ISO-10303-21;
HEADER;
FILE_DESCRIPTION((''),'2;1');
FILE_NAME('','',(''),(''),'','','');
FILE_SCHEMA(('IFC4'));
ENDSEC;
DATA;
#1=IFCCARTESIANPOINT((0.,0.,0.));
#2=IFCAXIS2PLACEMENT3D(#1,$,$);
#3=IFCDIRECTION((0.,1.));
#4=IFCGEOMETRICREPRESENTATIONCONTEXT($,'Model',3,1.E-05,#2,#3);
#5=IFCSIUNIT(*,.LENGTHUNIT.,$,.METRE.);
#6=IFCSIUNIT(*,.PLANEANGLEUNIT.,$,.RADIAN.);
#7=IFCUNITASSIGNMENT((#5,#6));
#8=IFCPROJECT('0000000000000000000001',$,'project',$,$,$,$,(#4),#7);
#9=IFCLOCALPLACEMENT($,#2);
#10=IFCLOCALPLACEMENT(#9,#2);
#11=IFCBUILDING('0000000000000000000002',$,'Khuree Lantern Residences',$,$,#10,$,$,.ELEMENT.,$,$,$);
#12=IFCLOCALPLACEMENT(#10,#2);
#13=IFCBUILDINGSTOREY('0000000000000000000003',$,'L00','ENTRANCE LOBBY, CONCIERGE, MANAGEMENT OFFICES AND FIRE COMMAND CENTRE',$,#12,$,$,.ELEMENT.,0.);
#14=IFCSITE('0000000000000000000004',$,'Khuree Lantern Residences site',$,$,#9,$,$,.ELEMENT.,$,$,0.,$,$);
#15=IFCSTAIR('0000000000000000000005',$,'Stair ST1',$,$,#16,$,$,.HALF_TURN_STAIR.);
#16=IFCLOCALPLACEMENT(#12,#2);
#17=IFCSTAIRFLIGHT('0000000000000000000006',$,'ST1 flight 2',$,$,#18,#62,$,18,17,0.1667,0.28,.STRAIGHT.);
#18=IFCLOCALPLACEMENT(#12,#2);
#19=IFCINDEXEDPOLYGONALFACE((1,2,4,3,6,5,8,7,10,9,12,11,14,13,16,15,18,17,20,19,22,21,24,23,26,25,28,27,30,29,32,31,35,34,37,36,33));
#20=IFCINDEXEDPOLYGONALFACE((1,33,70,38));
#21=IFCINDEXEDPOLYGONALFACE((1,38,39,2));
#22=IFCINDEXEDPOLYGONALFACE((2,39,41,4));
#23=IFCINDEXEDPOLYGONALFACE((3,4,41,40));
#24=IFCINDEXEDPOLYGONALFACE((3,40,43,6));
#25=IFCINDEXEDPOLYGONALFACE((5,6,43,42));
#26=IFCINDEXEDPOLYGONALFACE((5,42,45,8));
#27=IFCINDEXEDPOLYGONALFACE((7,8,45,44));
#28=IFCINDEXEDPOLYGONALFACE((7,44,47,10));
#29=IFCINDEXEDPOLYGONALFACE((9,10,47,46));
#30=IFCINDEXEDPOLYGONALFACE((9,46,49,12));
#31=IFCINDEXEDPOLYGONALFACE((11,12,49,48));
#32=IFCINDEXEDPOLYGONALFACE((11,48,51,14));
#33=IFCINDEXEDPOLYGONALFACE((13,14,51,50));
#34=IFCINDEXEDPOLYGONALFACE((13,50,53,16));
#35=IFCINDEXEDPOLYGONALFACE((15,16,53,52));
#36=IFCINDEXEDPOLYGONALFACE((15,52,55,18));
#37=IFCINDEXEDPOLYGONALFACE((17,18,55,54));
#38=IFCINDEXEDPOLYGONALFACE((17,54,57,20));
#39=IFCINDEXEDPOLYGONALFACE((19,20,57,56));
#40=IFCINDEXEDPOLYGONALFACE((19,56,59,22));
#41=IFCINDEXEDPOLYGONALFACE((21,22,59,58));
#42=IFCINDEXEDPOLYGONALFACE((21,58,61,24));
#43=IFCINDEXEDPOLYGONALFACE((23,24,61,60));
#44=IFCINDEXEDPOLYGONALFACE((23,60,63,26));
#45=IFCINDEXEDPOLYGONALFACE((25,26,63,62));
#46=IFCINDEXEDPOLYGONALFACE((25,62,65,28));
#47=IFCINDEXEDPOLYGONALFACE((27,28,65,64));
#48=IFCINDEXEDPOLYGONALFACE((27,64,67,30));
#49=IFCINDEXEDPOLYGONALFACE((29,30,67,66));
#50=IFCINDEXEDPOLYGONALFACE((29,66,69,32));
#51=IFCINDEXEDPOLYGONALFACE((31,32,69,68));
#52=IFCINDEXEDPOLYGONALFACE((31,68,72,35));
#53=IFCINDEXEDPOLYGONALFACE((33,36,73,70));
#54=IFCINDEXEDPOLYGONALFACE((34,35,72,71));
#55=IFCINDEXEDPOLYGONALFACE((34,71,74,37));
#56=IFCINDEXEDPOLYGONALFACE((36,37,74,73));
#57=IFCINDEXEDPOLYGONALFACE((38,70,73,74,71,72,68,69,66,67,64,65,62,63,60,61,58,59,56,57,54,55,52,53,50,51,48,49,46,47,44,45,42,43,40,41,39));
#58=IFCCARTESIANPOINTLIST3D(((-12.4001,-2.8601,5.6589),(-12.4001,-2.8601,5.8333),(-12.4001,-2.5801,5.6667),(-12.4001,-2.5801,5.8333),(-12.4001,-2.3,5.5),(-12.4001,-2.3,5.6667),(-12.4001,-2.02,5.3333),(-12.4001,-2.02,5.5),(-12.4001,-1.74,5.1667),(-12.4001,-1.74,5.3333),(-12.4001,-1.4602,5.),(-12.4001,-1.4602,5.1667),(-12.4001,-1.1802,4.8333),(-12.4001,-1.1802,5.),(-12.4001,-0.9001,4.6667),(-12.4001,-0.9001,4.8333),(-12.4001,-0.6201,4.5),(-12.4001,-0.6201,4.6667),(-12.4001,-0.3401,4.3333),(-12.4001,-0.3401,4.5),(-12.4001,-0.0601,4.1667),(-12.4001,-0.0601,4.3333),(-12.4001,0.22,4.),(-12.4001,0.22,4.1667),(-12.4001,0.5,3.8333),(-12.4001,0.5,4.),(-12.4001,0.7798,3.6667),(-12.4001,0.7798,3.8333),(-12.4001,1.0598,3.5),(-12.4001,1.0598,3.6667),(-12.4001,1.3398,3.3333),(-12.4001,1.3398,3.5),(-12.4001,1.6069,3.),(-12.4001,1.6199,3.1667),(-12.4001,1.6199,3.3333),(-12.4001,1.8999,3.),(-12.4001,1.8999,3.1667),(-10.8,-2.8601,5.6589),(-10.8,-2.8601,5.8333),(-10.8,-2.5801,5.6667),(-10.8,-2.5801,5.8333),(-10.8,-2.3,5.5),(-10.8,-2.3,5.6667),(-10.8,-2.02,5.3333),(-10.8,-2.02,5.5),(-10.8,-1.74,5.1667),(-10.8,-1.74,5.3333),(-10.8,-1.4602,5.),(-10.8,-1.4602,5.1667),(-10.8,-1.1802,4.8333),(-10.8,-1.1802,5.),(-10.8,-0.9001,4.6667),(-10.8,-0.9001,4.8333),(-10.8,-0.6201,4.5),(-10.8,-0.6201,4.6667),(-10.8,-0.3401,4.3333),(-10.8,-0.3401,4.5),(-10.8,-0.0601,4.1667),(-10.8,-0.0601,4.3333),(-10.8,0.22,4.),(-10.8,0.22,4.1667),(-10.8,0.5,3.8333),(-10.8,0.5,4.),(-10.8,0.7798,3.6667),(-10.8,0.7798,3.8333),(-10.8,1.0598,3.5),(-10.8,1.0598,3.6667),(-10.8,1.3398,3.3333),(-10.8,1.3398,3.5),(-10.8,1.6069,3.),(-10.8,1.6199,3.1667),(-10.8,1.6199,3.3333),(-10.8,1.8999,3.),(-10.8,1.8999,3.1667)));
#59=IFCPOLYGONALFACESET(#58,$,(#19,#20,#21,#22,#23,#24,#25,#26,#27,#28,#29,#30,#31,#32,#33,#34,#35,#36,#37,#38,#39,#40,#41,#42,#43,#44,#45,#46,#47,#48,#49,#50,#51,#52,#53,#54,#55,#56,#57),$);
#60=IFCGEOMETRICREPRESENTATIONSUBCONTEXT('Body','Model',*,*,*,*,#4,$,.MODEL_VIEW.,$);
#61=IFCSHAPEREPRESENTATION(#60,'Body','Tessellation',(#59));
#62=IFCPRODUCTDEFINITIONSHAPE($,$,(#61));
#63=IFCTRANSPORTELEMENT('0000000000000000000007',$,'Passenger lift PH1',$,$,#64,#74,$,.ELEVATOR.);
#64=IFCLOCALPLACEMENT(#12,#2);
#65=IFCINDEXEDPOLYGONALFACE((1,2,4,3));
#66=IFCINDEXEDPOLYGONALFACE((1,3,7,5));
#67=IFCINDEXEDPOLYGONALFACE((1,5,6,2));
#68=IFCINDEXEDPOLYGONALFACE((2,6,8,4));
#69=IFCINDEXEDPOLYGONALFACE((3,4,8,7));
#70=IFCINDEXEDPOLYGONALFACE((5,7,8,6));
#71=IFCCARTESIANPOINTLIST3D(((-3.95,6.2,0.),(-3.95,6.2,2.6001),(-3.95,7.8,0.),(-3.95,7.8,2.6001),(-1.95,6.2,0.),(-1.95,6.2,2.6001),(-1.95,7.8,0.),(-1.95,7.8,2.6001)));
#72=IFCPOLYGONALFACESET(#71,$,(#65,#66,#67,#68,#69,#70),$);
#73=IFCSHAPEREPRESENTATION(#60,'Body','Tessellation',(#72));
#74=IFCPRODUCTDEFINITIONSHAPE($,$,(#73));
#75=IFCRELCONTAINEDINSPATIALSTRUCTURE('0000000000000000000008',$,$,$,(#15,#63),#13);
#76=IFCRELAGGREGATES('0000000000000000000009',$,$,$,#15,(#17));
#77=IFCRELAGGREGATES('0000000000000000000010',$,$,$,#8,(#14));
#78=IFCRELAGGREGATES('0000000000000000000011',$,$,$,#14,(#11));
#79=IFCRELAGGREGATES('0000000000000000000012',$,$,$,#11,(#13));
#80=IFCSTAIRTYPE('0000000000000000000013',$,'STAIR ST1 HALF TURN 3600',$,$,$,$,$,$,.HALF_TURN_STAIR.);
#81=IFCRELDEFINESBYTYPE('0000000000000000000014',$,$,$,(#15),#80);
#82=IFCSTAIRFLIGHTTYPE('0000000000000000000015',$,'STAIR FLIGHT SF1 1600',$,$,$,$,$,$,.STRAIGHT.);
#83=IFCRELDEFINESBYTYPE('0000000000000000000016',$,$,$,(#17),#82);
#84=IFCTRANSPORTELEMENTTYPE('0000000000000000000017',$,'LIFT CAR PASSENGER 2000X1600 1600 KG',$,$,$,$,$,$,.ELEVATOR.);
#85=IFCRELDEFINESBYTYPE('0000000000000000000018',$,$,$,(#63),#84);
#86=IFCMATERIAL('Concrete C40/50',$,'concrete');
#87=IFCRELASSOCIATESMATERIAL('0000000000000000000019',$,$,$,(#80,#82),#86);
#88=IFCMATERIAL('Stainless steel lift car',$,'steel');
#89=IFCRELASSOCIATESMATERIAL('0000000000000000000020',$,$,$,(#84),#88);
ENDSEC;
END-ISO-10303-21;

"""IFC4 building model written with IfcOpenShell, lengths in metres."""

from ifc_helpers import new_model, si_unit, direction, frame, origin, origin_2d, place, context, subcontext, project, spatial, polyline, rectangle, outline, extrude, material, type_object, element, aggregate, save


model = new_model("IFC4")

# Units and contexts
model_context = context("Model", 3, precision=1e-05, world=origin(), true_north=direction((0.0, 1.0)))
body_context = subcontext(model_context, "Body", "Model", "MODEL_VIEW")
ifc_project = project(units=[si_unit("LENGTHUNIT", "METRE"), si_unit("PLANEANGLEUNIT", "RADIAN")], contexts=[model_context])

# Site, building, storey
site_placement = place(None, origin())
site = spatial("IfcSite", under=ifc_project, at=site_placement, Name="Khuree Lantern Residences site", CompositionType="ELEMENT", RefElevation=0.0)
building_placement = place(site_placement, origin())
building = spatial("IfcBuilding", under=site, at=building_placement, Name="Khuree Lantern Residences", CompositionType="ELEMENT")
storey_placement = place(building_placement, origin())
storey = spatial("IfcBuildingStorey", under=building, at=storey_placement, Name="L00", Description="ENTRANCE LOBBY, CONCIERGE, MANAGEMENT OFFICES AND FIRE COMMAND CENTRE", CompositionType="ELEMENT", Elevation=0.0)

# Stair, stair flight
ifc_material_1 = material(Name="Concrete C40/50", Category="concrete")
stair_type = type_object("IfcStairType", Name="STAIR ST1 HALF TURN 3600", PredefinedType="HALF_TURN_STAIR", material=ifc_material_1)
stair_placement = place(storey_placement, origin())
stair = element("IfcStair", 1, at=stair_placement, inside=storey, type_object=stair_type, Name="Stair ST1", PredefinedType="HALF_TURN_STAIR")
stair_flight_type = type_object("IfcStairFlightType", Name="STAIR FLIGHT SF1 1600", PredefinedType="STRAIGHT", material=ifc_material_1)
stair_flight_placement = place(storey_placement, frame((-11.6001, 1.8999, 3.0), z_axis=(0.0, 0.0, 1.0), x_axis=(0.0, -1.0, 0.0)))
stair_flight = element("IfcStairFlight", 2, at=stair_flight_placement, type_object=stair_flight_type, Name="ST1 flight 2", NumberOfRisers=18, NumberOfTreads=17, PredefinedType="STRAIGHT", RiserHeight=0.1667, TreadLength=0.28, context=body_context, shape_type="SweptSolid", body=[
    extrude(outline(polyline([(0.0, 0.0), (0.0, 0.1667), (0.28, 0.1667), (0.28, 0.3333), (0.5601, 0.3333), (0.5601, 0.5), (0.8401, 0.5), (0.8401, 0.6667), (1.1201, 0.6667), (1.1201, 0.8333), (1.3999, 0.8333), (1.3999, 1.0), (1.6799, 1.0), (1.6799, 1.1667), (1.96, 1.1667), (1.96, 1.3333), (2.24, 1.3333), (2.24, 1.5), (2.52, 1.5), (2.52, 1.6667), (2.8, 1.6667), (2.8, 1.8333), (3.0801, 1.8333), (3.0801, 2.0), (3.3601, 2.0), (3.3601, 2.1667), (3.6399, 2.1667), (3.6399, 2.3333), (3.9199, 2.3333), (3.9199, 2.5), (4.2, 2.5), (4.2, 2.6667), (4.48, 2.6667), (4.48, 2.8333), (4.76, 2.8333), (4.76, 3.0), (4.76, 2.6589), (0.293, 0.0), (0.0, 0.0)])), frame((0.0, 0.8, 0.0), z_axis=(0.0, -1.0, 0.0), x_axis=(1.0, 0.0, 0.0)), (0.0, 0.0, 1.0), 1.6001),
])
aggregate(stair, [stair_flight])

# Transport element
ifc_material_2 = material(Name="Stainless steel lift car", Category="steel")
transport_element_type = type_object("IfcTransportElementType", Name="LIFT CAR PASSENGER 2000X1600 1600 KG", PredefinedType="ELEVATOR", material=ifc_material_2)
transport_element_placement = place(storey_placement, frame((-2.95, 7.0, 0.0), z_axis=(0.0, 0.0, 1.0), x_axis=(1.0, 0.0, 0.0)))
element("IfcTransportElement", 3, at=transport_element_placement, inside=storey, type_object=transport_element_type, Name="Passenger lift PH1", PredefinedType="ELEVATOR", context=body_context, shape_type="SweptSolid", body=[
    extrude(rectangle(XDim=2.0, YDim=1.6001, at=origin_2d()), origin(), (0.0, 0.0, 1.0), 2.6001),
])

save(model, "model.ifc")
